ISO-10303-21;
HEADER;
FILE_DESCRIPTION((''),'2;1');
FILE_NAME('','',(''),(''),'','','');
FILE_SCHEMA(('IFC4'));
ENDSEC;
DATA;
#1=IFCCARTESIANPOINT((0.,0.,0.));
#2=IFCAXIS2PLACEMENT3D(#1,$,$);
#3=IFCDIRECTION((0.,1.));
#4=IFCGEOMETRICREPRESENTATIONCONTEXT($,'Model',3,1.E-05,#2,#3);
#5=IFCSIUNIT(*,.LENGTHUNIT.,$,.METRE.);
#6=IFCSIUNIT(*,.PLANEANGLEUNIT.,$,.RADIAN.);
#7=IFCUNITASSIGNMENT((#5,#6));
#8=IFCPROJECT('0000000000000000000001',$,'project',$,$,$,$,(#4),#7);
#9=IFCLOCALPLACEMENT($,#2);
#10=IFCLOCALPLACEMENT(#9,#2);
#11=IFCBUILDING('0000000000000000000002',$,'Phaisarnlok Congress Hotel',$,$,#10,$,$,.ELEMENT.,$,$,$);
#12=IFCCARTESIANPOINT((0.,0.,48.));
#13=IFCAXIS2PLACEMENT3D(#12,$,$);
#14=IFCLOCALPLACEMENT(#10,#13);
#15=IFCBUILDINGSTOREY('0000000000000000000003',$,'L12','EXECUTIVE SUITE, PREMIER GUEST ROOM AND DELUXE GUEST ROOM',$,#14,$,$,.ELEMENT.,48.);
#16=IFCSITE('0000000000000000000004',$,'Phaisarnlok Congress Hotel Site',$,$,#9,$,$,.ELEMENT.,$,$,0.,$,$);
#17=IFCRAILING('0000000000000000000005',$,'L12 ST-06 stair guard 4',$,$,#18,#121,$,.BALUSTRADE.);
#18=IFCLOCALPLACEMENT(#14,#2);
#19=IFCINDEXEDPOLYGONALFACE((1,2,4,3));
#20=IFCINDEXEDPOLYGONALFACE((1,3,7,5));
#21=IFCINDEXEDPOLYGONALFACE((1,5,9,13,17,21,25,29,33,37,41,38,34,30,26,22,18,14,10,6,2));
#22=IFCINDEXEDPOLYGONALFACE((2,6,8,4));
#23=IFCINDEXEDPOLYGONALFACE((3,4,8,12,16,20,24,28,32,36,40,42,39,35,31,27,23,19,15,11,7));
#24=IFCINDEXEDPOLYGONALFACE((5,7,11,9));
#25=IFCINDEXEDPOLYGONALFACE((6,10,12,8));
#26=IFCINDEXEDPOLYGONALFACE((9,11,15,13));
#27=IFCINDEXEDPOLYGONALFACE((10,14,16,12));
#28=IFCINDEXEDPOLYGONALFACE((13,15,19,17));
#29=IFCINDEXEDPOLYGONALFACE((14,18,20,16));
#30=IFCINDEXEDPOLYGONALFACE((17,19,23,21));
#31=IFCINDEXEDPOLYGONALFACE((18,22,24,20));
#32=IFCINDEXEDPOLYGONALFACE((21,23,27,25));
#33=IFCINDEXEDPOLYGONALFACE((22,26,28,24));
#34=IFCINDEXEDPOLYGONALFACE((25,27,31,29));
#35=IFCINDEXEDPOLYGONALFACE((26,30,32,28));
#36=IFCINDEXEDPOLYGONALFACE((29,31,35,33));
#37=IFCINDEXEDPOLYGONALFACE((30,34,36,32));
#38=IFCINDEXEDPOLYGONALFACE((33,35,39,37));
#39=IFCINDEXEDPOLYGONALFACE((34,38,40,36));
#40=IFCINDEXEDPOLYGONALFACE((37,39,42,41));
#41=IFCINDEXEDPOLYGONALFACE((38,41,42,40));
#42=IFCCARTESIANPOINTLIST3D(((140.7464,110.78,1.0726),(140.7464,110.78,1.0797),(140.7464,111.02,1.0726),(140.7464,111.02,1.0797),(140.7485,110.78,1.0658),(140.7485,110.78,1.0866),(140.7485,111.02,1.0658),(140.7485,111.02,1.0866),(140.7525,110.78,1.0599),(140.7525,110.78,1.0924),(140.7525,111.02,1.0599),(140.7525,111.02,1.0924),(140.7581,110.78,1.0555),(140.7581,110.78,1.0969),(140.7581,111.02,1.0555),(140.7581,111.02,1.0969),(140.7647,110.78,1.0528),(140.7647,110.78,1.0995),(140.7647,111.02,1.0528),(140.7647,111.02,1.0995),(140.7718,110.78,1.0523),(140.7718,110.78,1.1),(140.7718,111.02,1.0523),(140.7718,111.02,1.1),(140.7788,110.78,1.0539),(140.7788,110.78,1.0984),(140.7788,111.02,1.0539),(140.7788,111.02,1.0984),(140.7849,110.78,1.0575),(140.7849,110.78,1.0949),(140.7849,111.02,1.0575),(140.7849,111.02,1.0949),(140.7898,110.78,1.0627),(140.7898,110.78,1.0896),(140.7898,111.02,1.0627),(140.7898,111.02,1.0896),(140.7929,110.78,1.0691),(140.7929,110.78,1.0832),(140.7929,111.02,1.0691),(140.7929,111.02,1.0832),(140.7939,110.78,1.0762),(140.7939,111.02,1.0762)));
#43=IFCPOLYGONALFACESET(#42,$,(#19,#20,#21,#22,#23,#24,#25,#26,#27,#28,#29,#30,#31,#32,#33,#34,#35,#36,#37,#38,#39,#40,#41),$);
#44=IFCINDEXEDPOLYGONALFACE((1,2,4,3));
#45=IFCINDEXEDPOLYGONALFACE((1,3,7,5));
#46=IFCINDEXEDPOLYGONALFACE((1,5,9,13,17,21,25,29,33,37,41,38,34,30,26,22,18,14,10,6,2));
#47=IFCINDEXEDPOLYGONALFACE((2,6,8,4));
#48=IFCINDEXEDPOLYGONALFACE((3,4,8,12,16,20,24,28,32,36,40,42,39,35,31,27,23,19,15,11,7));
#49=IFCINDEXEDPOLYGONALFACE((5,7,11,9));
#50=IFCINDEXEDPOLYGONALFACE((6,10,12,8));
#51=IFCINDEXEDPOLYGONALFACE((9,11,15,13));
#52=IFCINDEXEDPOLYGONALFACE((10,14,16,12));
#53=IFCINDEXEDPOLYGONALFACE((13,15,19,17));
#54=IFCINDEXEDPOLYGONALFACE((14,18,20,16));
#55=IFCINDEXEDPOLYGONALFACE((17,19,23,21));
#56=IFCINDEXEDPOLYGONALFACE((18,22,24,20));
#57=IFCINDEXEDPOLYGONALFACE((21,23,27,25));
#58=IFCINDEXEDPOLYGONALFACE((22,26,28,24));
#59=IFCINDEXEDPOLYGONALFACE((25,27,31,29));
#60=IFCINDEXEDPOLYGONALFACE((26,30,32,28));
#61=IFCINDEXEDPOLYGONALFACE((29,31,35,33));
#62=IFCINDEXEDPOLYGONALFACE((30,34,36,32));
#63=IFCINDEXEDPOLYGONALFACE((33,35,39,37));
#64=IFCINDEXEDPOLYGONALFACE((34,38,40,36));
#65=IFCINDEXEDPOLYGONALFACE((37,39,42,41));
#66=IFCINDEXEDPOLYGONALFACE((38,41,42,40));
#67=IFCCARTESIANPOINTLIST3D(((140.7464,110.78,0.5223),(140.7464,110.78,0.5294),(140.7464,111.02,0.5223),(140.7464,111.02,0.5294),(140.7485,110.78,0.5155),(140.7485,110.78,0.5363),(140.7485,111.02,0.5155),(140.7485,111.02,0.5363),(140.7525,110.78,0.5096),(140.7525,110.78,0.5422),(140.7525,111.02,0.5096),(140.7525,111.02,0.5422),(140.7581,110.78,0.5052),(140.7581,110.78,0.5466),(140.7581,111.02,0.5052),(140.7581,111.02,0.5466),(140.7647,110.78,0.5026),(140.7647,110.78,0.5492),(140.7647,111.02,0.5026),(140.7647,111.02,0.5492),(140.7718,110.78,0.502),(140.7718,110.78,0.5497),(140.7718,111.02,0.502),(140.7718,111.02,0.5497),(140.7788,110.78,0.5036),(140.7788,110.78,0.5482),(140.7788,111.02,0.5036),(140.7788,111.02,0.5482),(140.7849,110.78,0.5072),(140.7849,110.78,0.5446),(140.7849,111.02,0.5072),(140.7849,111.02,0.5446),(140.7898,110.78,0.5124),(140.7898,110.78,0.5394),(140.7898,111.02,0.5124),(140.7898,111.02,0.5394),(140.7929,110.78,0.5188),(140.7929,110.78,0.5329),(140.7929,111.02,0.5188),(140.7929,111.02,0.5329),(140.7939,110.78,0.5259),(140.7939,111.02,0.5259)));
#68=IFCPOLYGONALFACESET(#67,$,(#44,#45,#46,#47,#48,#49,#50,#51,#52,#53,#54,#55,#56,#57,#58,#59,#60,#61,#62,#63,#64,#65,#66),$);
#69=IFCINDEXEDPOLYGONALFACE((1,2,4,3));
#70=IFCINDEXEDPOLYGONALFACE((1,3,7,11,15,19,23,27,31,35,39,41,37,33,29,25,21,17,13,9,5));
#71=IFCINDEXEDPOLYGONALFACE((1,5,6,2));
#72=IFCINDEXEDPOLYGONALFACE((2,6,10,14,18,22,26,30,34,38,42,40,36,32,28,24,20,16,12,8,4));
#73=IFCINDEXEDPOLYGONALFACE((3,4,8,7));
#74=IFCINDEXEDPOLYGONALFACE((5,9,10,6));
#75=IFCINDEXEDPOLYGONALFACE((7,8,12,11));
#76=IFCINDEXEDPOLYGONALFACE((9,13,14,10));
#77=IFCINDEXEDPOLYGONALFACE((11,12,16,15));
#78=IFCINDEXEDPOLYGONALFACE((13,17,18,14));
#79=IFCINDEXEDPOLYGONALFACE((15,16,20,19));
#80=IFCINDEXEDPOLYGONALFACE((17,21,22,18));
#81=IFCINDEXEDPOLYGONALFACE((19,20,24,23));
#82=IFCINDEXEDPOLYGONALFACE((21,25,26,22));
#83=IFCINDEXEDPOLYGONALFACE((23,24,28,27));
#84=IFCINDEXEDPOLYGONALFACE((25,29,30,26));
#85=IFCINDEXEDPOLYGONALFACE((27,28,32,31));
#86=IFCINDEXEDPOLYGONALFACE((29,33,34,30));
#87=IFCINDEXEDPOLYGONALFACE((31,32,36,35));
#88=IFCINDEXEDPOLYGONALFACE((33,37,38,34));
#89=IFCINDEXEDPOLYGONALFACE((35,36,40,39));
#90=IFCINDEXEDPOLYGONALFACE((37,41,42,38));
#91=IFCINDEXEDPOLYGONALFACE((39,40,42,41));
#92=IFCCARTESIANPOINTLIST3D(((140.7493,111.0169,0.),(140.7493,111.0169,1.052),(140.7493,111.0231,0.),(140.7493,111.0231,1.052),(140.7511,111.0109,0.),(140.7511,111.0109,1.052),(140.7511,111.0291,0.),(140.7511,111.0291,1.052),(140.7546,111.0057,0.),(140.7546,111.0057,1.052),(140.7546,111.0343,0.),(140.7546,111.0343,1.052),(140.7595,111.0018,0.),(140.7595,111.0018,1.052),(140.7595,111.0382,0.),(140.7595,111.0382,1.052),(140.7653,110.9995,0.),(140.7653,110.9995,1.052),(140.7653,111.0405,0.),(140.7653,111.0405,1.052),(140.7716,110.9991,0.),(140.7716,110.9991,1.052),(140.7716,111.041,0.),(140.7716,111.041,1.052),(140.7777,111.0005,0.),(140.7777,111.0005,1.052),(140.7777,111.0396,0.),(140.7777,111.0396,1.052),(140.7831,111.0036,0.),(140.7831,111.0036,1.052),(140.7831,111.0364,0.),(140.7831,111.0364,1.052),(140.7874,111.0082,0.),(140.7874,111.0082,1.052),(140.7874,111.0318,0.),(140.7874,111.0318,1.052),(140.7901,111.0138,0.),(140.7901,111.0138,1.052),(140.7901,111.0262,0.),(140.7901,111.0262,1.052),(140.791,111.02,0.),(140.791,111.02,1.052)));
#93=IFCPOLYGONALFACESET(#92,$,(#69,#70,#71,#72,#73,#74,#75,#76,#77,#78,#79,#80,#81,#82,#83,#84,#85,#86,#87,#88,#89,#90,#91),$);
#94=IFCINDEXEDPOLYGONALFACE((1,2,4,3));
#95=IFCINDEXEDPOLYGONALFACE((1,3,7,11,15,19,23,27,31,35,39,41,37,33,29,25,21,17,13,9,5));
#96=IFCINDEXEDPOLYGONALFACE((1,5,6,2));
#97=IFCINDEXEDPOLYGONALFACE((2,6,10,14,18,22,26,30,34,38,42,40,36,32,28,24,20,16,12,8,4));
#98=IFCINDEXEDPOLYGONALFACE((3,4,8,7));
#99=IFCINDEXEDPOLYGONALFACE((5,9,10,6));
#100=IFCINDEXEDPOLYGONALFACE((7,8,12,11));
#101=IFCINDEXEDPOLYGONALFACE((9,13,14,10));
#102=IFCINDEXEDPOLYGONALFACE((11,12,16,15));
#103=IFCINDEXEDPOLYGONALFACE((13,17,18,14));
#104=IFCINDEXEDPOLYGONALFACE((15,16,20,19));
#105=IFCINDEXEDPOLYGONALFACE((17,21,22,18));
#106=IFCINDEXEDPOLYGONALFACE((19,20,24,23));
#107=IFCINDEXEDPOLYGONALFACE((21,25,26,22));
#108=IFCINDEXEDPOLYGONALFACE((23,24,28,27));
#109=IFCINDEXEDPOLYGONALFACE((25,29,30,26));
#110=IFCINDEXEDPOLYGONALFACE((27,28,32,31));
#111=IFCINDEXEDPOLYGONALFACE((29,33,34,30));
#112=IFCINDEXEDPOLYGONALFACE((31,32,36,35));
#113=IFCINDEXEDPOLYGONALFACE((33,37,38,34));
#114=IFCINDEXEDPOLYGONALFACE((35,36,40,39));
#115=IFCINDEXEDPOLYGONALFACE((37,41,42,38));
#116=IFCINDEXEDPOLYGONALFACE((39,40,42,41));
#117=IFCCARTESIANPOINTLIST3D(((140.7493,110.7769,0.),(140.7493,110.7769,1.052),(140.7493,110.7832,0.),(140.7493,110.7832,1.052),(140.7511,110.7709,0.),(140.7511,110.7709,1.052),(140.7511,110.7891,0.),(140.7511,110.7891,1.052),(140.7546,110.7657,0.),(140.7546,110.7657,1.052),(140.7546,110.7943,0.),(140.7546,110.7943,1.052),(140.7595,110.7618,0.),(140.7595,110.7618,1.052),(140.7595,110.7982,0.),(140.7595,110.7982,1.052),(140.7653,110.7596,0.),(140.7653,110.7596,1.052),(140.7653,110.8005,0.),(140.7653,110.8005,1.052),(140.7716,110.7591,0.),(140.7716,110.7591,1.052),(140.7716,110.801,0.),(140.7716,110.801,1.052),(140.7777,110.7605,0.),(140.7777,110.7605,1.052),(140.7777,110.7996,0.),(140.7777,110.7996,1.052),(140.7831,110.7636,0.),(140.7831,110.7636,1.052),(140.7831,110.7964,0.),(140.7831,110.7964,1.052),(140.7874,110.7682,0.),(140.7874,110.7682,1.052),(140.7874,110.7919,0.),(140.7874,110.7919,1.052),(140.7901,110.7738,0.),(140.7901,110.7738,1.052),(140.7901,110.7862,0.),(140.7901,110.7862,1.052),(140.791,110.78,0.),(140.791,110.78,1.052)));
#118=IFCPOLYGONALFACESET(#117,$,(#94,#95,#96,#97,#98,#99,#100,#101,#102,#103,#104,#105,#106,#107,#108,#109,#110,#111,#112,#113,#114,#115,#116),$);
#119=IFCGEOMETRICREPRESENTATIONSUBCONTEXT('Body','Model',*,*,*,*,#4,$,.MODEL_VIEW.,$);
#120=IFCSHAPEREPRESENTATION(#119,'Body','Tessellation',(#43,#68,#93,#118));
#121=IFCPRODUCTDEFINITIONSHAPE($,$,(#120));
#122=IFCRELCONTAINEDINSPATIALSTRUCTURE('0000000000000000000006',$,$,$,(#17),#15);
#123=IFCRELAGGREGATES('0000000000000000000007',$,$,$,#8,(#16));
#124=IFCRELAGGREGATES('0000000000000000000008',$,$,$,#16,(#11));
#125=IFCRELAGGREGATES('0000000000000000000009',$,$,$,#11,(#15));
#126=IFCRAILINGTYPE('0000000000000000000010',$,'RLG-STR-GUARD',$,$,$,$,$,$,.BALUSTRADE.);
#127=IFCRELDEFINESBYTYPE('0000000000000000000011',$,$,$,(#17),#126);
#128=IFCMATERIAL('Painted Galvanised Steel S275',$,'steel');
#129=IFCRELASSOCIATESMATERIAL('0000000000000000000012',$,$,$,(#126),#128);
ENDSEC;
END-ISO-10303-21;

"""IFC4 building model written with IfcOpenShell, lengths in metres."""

from ifc_helpers import new_model, si_unit, direction, frame, origin, origin_2d, place, context, subcontext, project, spatial, circle, extrude, material, type_object, element, save


model = new_model("IFC4")

# Units and contexts
model_context = context("Model", 3, precision=1e-05, world=origin(), true_north=direction((0.0, 1.0)))
body_context = subcontext(model_context, "Body", "Model", "MODEL_VIEW")
ifc_project = project(units=[si_unit("LENGTHUNIT", "METRE"), si_unit("PLANEANGLEUNIT", "RADIAN")], contexts=[model_context])

# Site, building, storey
site_placement = place(None, origin())
site = spatial("IfcSite", under=ifc_project, at=site_placement, Name="Phaisarnlok Congress Hotel Site", CompositionType="ELEMENT", RefElevation=0.0)
building_placement = place(site_placement, origin())
building = spatial("IfcBuilding", under=site, at=building_placement, Name="Phaisarnlok Congress Hotel", CompositionType="ELEMENT")
storey_placement = place(building_placement, frame((0.0, 0.0, 48.0)))
storey = spatial("IfcBuildingStorey", under=building, at=storey_placement, Name="L12", Description="EXECUTIVE SUITE, PREMIER GUEST ROOM AND DELUXE GUEST ROOM", CompositionType="ELEMENT", Elevation=48.0)

# Railing
ifc_material_1 = material(Name="Painted Galvanised Steel S275", Category="steel")
railing_type_1 = type_object("IfcRailingType", Name="RLG-STR-GUARD", PredefinedType="BALUSTRADE", material=ifc_material_1)
railing_1_placement = place(storey_placement, frame((140.77, 111.02, 0.0)))
element("IfcRailing", 1, at=railing_1_placement, inside=storey, type_object=railing_type_1, Name="L12 ST-06 stair guard 4", PredefinedType="BALUSTRADE", context=body_context, shape_type="SweptSolid", body=[
    extrude(circle(Radius=0.0239, at=origin_2d()), frame((0.0, 0.0, 1.0762), z_axis=(0.0, -1.0, 0.0), x_axis=(1.0, 0.0, 0.0)), (0.0, 0.0, 1.0), 0.24),
    extrude(circle(Radius=0.0239, at=origin_2d()), frame((0.0, 0.0, 0.5259), z_axis=(0.0, -1.0, 0.0), x_axis=(1.0, 0.0, 0.0)), (0.0, 0.0, 1.0), 0.24),
    extrude(circle(Radius=0.021, at=origin_2d()), origin(), (0.0, 0.0, 1.0), 1.052),
    extrude(circle(Radius=0.021, at=origin_2d()), frame((0.0, -0.24, 0.0)), (0.0, 0.0, 1.0), 1.052),
])

save(model, "model.ifc")
